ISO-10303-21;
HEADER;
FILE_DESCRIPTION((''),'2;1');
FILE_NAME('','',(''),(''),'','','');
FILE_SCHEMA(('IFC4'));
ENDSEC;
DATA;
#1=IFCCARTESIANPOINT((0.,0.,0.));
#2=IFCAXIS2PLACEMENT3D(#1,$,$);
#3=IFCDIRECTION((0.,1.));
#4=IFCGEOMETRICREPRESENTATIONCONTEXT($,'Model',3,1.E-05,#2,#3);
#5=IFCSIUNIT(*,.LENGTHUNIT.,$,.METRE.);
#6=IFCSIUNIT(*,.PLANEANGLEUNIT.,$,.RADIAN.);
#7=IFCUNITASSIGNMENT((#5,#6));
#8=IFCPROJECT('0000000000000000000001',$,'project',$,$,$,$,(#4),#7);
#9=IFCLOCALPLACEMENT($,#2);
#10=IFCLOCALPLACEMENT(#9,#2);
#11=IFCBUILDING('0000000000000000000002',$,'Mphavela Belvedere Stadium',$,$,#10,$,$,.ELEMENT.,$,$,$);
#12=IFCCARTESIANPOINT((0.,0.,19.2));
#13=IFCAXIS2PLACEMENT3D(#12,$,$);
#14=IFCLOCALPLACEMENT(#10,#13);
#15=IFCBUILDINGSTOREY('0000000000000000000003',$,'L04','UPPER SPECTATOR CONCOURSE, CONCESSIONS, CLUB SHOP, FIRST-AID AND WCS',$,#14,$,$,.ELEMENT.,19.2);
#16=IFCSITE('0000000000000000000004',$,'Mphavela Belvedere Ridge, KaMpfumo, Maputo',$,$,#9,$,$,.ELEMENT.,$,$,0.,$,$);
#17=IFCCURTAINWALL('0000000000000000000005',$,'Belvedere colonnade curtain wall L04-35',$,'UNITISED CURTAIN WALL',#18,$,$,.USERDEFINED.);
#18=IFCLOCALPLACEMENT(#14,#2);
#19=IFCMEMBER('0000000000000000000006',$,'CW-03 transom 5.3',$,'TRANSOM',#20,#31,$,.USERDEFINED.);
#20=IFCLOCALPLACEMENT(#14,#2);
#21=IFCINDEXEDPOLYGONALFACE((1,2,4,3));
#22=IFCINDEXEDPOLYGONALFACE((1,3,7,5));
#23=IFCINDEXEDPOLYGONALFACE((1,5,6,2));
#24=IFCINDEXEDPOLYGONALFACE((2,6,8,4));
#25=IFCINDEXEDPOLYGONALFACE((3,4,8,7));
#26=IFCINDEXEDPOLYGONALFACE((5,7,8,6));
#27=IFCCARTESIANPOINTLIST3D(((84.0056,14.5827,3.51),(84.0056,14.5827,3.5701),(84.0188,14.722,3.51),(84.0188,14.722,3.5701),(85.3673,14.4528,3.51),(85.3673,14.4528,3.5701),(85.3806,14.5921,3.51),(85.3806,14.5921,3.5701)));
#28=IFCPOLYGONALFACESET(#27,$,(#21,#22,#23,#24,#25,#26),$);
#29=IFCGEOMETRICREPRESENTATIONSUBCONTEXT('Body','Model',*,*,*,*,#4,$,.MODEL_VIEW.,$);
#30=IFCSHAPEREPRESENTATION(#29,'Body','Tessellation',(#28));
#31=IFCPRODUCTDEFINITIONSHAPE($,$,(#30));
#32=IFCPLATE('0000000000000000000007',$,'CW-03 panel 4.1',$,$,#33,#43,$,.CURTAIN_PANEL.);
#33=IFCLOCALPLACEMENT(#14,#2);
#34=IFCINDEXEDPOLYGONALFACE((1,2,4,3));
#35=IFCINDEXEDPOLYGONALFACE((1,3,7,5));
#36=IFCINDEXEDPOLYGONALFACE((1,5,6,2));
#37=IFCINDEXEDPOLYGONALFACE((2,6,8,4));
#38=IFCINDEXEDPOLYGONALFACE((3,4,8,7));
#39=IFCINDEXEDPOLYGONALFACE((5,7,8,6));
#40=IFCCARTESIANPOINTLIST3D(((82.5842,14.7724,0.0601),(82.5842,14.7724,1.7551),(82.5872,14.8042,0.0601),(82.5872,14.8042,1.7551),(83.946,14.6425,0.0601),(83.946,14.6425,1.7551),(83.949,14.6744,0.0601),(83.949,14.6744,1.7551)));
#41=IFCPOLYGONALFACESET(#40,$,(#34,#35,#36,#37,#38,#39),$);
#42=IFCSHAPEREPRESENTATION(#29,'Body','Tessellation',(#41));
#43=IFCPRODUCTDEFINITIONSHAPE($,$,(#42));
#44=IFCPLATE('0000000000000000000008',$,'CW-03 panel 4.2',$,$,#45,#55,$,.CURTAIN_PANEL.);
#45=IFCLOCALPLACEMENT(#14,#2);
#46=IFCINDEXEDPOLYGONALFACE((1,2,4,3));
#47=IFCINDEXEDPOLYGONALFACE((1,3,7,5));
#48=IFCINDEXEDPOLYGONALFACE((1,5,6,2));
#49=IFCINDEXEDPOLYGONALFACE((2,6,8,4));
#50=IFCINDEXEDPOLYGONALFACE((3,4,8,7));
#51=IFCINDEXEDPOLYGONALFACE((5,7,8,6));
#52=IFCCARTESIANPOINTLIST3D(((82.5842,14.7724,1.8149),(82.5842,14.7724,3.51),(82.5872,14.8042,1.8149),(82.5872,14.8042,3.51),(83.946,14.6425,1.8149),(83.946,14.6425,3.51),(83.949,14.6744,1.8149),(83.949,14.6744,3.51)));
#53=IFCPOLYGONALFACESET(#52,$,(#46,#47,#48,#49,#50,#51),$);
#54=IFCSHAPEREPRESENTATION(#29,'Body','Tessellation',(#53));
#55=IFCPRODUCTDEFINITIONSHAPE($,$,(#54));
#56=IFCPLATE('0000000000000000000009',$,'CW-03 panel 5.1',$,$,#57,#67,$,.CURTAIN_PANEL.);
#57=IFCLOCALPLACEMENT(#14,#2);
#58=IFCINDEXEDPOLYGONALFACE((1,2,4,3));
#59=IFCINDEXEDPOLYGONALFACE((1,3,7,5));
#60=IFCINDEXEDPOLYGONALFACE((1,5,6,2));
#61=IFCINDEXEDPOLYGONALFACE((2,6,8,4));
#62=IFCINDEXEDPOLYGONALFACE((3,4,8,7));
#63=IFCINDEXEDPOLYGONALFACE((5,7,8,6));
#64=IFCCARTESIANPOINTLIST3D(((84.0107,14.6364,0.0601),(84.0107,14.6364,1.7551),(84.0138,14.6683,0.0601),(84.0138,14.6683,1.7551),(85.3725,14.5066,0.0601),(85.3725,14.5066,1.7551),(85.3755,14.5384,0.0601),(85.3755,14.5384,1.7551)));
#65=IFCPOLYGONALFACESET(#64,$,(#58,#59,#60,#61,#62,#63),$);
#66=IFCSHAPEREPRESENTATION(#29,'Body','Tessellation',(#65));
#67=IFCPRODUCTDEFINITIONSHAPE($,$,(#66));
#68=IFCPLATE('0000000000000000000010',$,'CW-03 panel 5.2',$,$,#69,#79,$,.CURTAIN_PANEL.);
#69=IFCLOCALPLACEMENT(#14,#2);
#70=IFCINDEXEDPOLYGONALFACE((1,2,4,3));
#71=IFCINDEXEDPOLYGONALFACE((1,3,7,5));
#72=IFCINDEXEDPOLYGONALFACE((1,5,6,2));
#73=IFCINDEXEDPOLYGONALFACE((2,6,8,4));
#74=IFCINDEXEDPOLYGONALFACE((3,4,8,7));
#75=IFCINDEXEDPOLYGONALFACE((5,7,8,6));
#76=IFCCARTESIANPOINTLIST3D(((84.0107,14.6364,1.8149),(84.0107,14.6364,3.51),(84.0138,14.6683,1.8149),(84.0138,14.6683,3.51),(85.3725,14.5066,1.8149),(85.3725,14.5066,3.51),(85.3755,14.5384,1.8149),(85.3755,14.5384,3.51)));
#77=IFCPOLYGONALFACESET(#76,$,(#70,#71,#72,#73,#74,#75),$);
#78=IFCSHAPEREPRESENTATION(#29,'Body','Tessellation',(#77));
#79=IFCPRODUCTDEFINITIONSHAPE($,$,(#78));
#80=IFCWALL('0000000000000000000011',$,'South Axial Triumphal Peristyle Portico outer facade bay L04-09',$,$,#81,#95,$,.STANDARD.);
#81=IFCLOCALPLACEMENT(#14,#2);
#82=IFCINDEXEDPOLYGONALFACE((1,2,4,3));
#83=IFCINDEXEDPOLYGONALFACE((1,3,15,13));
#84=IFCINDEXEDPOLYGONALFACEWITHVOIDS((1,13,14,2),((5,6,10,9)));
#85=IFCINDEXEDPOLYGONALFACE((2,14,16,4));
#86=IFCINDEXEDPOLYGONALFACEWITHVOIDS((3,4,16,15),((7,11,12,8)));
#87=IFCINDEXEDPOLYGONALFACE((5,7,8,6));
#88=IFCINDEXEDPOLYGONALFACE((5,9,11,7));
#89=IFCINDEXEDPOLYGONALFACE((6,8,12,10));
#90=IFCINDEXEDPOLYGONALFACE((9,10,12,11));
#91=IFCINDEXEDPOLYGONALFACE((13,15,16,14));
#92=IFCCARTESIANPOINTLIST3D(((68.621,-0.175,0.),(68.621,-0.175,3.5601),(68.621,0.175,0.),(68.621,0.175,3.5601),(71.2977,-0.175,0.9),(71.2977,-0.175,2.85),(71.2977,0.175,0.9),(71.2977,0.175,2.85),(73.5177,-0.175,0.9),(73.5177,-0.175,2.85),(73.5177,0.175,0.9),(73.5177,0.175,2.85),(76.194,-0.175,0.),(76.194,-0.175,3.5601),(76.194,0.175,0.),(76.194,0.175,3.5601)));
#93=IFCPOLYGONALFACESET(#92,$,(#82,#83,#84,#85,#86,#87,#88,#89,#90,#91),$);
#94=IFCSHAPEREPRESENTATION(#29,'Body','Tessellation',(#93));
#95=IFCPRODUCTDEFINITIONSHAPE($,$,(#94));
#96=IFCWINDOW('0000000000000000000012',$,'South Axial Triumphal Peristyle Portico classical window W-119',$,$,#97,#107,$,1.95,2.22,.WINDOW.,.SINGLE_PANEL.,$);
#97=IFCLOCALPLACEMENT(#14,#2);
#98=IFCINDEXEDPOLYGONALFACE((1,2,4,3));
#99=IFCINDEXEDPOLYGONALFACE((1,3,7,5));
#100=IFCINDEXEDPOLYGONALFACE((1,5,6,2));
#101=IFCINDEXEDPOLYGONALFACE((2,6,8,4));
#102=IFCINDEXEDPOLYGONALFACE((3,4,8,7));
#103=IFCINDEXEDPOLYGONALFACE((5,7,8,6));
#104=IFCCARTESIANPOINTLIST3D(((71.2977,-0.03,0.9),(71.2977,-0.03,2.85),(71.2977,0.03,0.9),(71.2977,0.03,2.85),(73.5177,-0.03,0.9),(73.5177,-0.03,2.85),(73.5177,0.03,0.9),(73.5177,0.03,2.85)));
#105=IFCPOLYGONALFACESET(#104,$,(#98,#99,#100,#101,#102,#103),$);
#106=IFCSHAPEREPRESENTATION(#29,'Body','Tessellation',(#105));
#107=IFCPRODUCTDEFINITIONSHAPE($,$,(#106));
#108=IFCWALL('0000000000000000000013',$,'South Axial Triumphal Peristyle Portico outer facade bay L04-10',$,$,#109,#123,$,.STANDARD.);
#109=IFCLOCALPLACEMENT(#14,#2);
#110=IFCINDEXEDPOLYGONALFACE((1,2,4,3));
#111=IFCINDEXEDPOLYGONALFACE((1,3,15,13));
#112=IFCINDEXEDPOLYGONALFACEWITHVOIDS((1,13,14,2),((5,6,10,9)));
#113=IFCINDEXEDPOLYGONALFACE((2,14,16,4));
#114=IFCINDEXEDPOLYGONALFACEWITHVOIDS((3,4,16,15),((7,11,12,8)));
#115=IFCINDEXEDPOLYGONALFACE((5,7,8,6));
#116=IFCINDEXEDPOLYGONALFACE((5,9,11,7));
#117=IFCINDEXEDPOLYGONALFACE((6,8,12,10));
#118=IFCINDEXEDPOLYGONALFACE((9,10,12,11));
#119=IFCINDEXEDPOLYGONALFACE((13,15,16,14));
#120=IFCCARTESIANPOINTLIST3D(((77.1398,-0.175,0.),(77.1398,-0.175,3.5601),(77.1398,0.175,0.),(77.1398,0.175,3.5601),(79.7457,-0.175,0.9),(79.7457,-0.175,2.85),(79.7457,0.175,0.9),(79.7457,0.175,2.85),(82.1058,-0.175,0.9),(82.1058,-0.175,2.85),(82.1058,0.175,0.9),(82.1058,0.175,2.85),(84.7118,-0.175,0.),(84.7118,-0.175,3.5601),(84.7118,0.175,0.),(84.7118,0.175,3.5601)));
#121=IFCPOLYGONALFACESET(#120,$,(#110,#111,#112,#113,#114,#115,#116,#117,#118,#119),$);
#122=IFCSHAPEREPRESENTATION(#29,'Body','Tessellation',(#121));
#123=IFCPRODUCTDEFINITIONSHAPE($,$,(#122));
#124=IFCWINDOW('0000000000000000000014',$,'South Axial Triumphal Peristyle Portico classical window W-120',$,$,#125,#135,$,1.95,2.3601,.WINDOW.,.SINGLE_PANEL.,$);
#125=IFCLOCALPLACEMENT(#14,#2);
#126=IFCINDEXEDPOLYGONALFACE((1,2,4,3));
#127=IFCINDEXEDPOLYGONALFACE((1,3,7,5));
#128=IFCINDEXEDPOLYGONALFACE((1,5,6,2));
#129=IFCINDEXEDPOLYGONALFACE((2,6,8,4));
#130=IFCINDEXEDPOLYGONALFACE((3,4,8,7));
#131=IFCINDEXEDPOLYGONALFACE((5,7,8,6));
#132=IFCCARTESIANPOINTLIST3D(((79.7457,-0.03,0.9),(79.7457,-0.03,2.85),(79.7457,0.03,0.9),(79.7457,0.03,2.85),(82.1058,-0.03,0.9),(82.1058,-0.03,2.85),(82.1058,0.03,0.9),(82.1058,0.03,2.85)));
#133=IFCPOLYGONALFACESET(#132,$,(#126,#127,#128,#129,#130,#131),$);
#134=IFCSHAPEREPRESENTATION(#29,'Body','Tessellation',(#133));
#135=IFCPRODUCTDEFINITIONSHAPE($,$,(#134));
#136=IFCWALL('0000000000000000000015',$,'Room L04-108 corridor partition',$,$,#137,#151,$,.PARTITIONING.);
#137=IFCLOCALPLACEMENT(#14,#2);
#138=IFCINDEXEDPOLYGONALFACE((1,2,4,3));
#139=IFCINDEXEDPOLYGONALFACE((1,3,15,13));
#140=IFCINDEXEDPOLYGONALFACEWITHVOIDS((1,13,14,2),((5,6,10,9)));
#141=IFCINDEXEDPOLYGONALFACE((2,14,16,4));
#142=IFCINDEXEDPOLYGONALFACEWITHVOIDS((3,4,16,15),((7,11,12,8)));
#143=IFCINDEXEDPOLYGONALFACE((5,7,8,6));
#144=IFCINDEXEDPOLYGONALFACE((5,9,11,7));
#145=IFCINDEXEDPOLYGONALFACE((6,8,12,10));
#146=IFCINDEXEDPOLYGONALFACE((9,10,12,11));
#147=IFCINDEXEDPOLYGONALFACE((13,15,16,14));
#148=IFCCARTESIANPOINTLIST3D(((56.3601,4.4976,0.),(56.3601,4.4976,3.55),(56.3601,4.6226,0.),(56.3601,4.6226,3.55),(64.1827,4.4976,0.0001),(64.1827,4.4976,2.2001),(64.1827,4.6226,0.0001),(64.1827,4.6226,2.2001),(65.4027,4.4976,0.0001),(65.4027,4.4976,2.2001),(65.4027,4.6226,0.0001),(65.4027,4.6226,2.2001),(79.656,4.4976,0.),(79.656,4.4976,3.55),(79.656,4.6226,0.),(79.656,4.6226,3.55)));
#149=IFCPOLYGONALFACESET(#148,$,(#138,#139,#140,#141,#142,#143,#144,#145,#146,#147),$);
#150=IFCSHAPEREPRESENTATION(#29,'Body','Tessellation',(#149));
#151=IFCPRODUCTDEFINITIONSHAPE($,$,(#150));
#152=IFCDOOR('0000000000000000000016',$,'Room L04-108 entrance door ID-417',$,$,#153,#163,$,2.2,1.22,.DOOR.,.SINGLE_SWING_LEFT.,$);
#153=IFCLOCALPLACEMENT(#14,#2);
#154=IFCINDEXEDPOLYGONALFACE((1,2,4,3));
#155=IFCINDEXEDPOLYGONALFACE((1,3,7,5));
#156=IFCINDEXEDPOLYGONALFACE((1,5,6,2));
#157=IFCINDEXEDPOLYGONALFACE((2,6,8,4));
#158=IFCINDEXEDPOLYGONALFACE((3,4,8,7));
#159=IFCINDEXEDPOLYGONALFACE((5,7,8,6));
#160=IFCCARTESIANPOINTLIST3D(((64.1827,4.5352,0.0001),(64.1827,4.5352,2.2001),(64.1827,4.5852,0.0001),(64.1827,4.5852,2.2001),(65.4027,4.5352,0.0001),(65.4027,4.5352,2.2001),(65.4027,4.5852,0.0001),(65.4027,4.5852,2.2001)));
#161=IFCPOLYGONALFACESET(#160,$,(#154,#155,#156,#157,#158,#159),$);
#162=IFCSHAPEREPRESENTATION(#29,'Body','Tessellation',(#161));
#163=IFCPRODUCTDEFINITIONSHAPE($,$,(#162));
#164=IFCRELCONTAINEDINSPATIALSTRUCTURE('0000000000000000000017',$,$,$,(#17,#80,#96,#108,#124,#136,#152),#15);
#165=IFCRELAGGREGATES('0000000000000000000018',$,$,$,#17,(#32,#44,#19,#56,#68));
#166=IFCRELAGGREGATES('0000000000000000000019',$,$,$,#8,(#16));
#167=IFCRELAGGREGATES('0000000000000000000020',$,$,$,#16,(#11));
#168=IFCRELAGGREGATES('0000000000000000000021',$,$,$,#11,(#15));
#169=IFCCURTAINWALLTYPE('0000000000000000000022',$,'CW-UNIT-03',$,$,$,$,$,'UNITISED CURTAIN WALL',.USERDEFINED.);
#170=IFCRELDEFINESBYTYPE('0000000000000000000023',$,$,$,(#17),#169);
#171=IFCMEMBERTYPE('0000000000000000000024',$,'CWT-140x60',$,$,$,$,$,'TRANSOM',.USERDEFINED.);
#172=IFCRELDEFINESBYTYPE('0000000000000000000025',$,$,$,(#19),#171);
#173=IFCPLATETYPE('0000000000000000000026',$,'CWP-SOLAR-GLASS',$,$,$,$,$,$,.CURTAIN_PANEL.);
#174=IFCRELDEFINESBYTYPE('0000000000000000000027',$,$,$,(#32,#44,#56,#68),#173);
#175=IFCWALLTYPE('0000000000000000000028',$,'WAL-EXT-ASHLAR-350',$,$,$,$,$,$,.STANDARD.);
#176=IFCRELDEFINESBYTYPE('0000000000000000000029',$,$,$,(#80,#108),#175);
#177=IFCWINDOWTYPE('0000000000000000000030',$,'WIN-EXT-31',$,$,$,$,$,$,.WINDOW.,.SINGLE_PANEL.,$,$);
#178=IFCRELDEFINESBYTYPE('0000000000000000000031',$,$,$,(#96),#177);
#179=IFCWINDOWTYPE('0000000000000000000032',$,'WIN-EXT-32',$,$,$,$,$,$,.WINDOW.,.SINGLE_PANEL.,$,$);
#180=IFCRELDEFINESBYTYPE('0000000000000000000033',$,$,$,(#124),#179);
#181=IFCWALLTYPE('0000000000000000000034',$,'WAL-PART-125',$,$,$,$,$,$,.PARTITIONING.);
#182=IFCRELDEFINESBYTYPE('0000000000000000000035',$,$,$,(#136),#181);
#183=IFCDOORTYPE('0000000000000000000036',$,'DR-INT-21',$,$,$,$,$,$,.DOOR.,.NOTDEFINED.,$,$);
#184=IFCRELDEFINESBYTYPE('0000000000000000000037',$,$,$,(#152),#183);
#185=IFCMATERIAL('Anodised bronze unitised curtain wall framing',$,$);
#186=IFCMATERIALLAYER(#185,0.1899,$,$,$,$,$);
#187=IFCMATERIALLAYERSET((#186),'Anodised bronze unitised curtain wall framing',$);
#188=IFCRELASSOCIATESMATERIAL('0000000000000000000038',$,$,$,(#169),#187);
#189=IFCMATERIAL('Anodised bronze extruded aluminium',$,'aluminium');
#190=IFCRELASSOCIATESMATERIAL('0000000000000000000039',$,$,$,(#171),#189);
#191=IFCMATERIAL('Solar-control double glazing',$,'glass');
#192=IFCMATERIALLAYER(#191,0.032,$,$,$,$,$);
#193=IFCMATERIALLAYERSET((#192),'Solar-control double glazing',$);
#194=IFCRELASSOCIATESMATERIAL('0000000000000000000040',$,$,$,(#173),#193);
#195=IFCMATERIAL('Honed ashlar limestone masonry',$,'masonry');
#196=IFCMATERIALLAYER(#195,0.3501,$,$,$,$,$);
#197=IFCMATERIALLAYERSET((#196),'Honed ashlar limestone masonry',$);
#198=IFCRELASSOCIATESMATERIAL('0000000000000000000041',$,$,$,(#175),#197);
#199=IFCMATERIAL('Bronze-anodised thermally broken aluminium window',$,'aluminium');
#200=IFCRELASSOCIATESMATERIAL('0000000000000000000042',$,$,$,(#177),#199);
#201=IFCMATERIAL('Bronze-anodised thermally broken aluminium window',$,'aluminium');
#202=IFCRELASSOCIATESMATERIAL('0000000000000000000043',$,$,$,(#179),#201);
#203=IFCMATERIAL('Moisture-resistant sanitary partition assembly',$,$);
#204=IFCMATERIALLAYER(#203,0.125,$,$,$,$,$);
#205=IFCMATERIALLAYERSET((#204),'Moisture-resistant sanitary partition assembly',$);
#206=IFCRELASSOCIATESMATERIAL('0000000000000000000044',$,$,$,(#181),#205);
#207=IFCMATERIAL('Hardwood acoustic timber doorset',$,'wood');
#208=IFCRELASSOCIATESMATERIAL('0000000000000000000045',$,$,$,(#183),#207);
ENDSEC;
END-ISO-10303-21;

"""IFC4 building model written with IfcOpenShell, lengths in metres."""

from ifc_helpers import new_model, si_unit, direction, frame, frame_2d, origin, origin_2d, place, context, subcontext, project, spatial, rectangle, extrude, material, layer, layer_set, material_profile, profile_set, type_object, element, fill, aggregate, save


model = new_model("IFC4")

# Units and contexts
model_context = context("Model", 3, precision=1e-05, world=origin(), true_north=direction((0.0, 1.0)))
body_context = subcontext(model_context, "Body", "Model", "MODEL_VIEW")
ifc_project = project(units=[si_unit("LENGTHUNIT", "METRE"), si_unit("PLANEANGLEUNIT", "RADIAN")], contexts=[model_context])

# Site, building, storey
site_placement = place(None, origin())
site = spatial("IfcSite", under=ifc_project, at=site_placement, Name="Mphavela Belvedere Ridge, KaMpfumo, Maputo", CompositionType="ELEMENT", RefElevation=0.0)
building_placement = place(site_placement, origin())
building = spatial("IfcBuilding", under=site, at=building_placement, Name="Mphavela Belvedere Stadium", CompositionType="ELEMENT")
storey_placement = place(building_placement, frame((0.0, 0.0, 19.2)))
storey = spatial("IfcBuildingStorey", under=building, at=storey_placement, Name="L04", Description="UPPER SPECTATOR CONCOURSE, CONCESSIONS, CLUB SHOP, FIRST-AID AND WCS", CompositionType="ELEMENT", Elevation=19.2)

# Curtain wall, member, plates
ifc_material_1 = material(Name="Anodised bronze unitised curtain wall framing")
ifc_layer_1 = layer(ifc_material_1, 0.1899)
ifc_layer_set_1 = layer_set([ifc_layer_1], Name="Anodised bronze unitised curtain wall framing")
curtain_wall_type = type_object("IfcCurtainWallType", Name="CW-UNIT-03", ElementType="UNITISED CURTAIN WALL", PredefinedType="USERDEFINED", material=ifc_layer_set_1)
curtain_wall_placement = place(storey_placement, origin())
curtain_wall = element("IfcCurtainWall", 1, at=curtain_wall_placement, inside=storey, type_object=curtain_wall_type, Name="Belvedere colonnade curtain wall L04-35", ObjectType="UNITISED CURTAIN WALL", PredefinedType="USERDEFINED")
ifc_material_2 = material(Name="Anodised bronze extruded aluminium", Category="aluminium")
ifc_material_profile_1 = material_profile(ifc_material_2, rectangle(XDim=0.1399, YDim=0.0601, at=origin_2d()), Name="CW-TRN 140x60")
ifc_profile_set_1 = profile_set([ifc_material_profile_1], Name="Anodised bronze extruded aluminium")
member_type_1 = type_object("IfcMemberType", Name="CWT-140x60", ElementType="TRANSOM", PredefinedType="USERDEFINED", material=ifc_profile_set_1)
member_1_placement = place(storey_placement, frame((84.0122, 14.6523, 3.54), z_axis=(0.995483, -0.094944, 0.0), x_axis=(0.094944, 0.995483, 0.0)))
member_1 = element("IfcMember", 2, at=member_1_placement, type_object=member_type_1, Name="CW-03 transom 5.3", ObjectType="TRANSOM", PredefinedType="USERDEFINED", context=body_context, shape_type="SweptSolid", body=[
    extrude(rectangle(XDim=0.1399, YDim=0.0601, at=origin_2d()), origin(), (0.0, 0.0, 1.0), 1.3679),
])
ifc_material_3 = material(Name="Solar-control double glazing", Category="glass")
ifc_layer_2 = layer(ifc_material_3, 0.032)
ifc_layer_set_2 = layer_set([ifc_layer_2], Name="Solar-control double glazing")
plate_type = type_object("IfcPlateType", Name="CWP-SOLAR-GLASS", PredefinedType="CURTAIN_PANEL", material=ifc_layer_set_2)
plate_1_placement = place(storey_placement, frame((83.2666, 14.7234, 0.0601), z_axis=(0.0, 0.0, 1.0), x_axis=(0.995484, -0.094933, 0.0)))
plate_1 = element("IfcPlate", 3, at=plate_1_placement, type_object=plate_type, Name="CW-03 panel 4.1", PredefinedType="CURTAIN_PANEL", context=body_context, shape_type="SweptSolid", body=[
    extrude(rectangle(XDim=1.3679, YDim=0.032, at=origin_2d()), origin(), (0.0, 0.0, 1.0), 1.6951),
])
plate_2_placement = place(storey_placement, frame((83.2666, 14.7234, 1.8149), z_axis=(0.0, 0.0, 1.0), x_axis=(0.995484, -0.094933, 0.0)))
plate_2 = element("IfcPlate", 4, at=plate_2_placement, type_object=plate_type, Name="CW-03 panel 4.2", PredefinedType="CURTAIN_PANEL", context=body_context, shape_type="SweptSolid", body=[
    extrude(rectangle(XDim=1.3679, YDim=0.032, at=origin_2d()), origin(), (0.0, 0.0, 1.0), 1.6951),
])
plate_3_placement = place(storey_placement, frame((84.6931, 14.5874, 0.0601), z_axis=(0.0, 0.0, 1.0), x_axis=(0.995484, -0.094933, 0.0)))
plate_3 = element("IfcPlate", 5, at=plate_3_placement, type_object=plate_type, Name="CW-03 panel 5.1", PredefinedType="CURTAIN_PANEL", context=body_context, shape_type="SweptSolid", body=[
    extrude(rectangle(XDim=1.3679, YDim=0.032, at=origin_2d()), origin(), (0.0, 0.0, 1.0), 1.6951),
])
plate_4_placement = place(storey_placement, frame((84.6931, 14.5874, 1.8149), z_axis=(0.0, 0.0, 1.0), x_axis=(0.995484, -0.094933, 0.0)))
plate_4 = element("IfcPlate", 6, at=plate_4_placement, type_object=plate_type, Name="CW-03 panel 5.2", PredefinedType="CURTAIN_PANEL", context=body_context, shape_type="SweptSolid", body=[
    extrude(rectangle(XDim=1.3679, YDim=0.032, at=origin_2d()), origin(), (0.0, 0.0, 1.0), 1.6951),
])
aggregate(curtain_wall, [plate_1, plate_2, member_1, plate_3, plate_4])

# Walls, openings, windows
ifc_material_4 = material(Name="Honed ashlar limestone masonry", Category="masonry")
ifc_layer_3 = layer(ifc_material_4, 0.3501)
ifc_layer_set_3 = layer_set([ifc_layer_3], Name="Honed ashlar limestone masonry")
wall_type_1 = type_object("IfcWallType", Name="WAL-EXT-ASHLAR-350", PredefinedType="STANDARD", material=ifc_layer_set_3)
wall_1_placement = place(storey_placement, frame((76.1941, 0.0, 0.0), z_axis=(0.0, 0.0, 1.0), x_axis=(-1.0, 0.0, 0.0)))
wall_1 = element("IfcWall", 7, at=wall_1_placement, inside=storey, type_object=wall_type_1, Name="South Axial Triumphal Peristyle Portico outer facade bay L04-09", PredefinedType="STANDARD", context=body_context, shape_type="SweptSolid", body=[
    extrude(rectangle(XDim=7.573, YDim=0.3501, at=frame_2d((3.7866, 0.0))), origin(), (0.0, 0.0, 1.0), 3.5601),
])
opening_1_placement = place(wall_1_placement, frame((2.6765, 0.0, 0.8999)))
opening_1 = element("IfcOpeningElement", 8, at=opening_1_placement, cuts=wall_1, PredefinedType="OPENING", context=body_context, shape_type="SweptSolid", body=[
    extrude(rectangle(XDim=2.22, YDim=1.95, at=frame_2d((1.1099, 0.9751))), frame((0.0, 0.1851, 0.0), z_axis=(0.0, -1.0, 0.0), x_axis=(1.0, 0.0, 0.0)), (0.0, 0.0, 1.0), 0.3701),
])
ifc_material_5 = material(Name="Bronze-anodised thermally broken aluminium window", Category="aluminium")
window_type_1 = type_object("IfcWindowType", Name="WIN-EXT-31", PartitioningType="SINGLE_PANEL", PredefinedType="WINDOW", material=ifc_material_5)
window_1_placement = place(opening_1_placement, origin())
window_1 = element("IfcWindow", 9, at=window_1_placement, inside=storey, type_object=window_type_1, Name="South Axial Triumphal Peristyle Portico classical window W-119", OverallHeight=1.95, OverallWidth=2.22, PartitioningType="SINGLE_PANEL", PredefinedType="WINDOW", context=body_context, shape_type="SweptSolid", body=[
    extrude(rectangle(XDim=2.22, YDim=1.95, at=frame_2d((1.1099, 0.9751))), frame((0.0, 0.03, 0.0), z_axis=(0.0, -1.0, 0.0), x_axis=(1.0, 0.0, 0.0)), (0.0, 0.0, 1.0), 0.0601),
])
fill(opening_1, window_1)
wall_2_placement = place(storey_placement, frame((84.7119, 0.0, 0.0), z_axis=(0.0, 0.0, 1.0), x_axis=(-1.0, 0.0, 0.0)))
wall_2 = element("IfcWall", 10, at=wall_2_placement, inside=storey, type_object=wall_type_1, Name="South Axial Triumphal Peristyle Portico outer facade bay L04-10", PredefinedType="STANDARD", context=body_context, shape_type="SweptSolid", body=[
    extrude(rectangle(XDim=7.572, YDim=0.3501, at=frame_2d((3.7861, 0.0))), origin(), (0.0, 0.0, 1.0), 3.5601),
])
opening_2_placement = place(wall_2_placement, frame((2.606, 0.0, 0.8999)))
opening_2 = element("IfcOpeningElement", 11, at=opening_2_placement, cuts=wall_2, PredefinedType="OPENING", context=body_context, shape_type="SweptSolid", body=[
    extrude(rectangle(XDim=2.3601, YDim=1.95, at=frame_2d((1.1802, 0.9751))), frame((0.0, 0.1851, 0.0), z_axis=(0.0, -1.0, 0.0), x_axis=(1.0, 0.0, 0.0)), (0.0, 0.0, 1.0), 0.3701),
])
ifc_material_6 = material(Name="Bronze-anodised thermally broken aluminium window", Category="aluminium")
window_type_2 = type_object("IfcWindowType", Name="WIN-EXT-32", PartitioningType="SINGLE_PANEL", PredefinedType="WINDOW", material=ifc_material_6)
window_2_placement = place(opening_2_placement, origin())
window_2 = element("IfcWindow", 12, at=window_2_placement, inside=storey, type_object=window_type_2, Name="South Axial Triumphal Peristyle Portico classical window W-120", OverallHeight=1.95, OverallWidth=2.3601, PartitioningType="SINGLE_PANEL", PredefinedType="WINDOW", context=body_context, shape_type="SweptSolid", body=[
    extrude(rectangle(XDim=2.3601, YDim=1.95, at=frame_2d((1.1802, 0.9751))), frame((0.0, 0.03, 0.0), z_axis=(0.0, -1.0, 0.0), x_axis=(1.0, 0.0, 0.0)), (0.0, 0.0, 1.0), 0.0601),
])
fill(opening_2, window_2)

# Wall, opening, door
ifc_material_7 = material(Name="Moisture-resistant sanitary partition assembly")
ifc_layer_4 = layer(ifc_material_7, 0.125)
ifc_layer_set_4 = layer_set([ifc_layer_4], Name="Moisture-resistant sanitary partition assembly")
wall_type_2 = type_object("IfcWallType", Name="WAL-PART-125", PredefinedType="PARTITIONING", material=ifc_layer_set_4)
wall_3_placement = place(storey_placement, frame((79.656, 4.5601, 0.0), z_axis=(0.0, 0.0, 1.0), x_axis=(-1.0, 0.0, 0.0)))
wall_3 = element("IfcWall", 13, at=wall_3_placement, inside=storey, type_object=wall_type_2, Name="Room L04-108 corridor partition", PredefinedType="PARTITIONING", context=body_context, shape_type="SweptSolid", body=[
    extrude(rectangle(XDim=23.2959, YDim=0.125, at=frame_2d((11.6479, 0.0))), origin(), (0.0, 0.0, 1.0), 3.55),
])
opening_3_placement = place(wall_3_placement, frame((14.2534, 0.0, 0.0)))
opening_3 = element("IfcOpeningElement", 14, at=opening_3_placement, cuts=wall_3, PredefinedType="OPENING", context=body_context, shape_type="SweptSolid", body=[
    extrude(rectangle(XDim=1.22, YDim=2.2, at=frame_2d((0.6099, 1.1001))), frame((0.0, 0.0725, 0.0), z_axis=(0.0, -1.0, 0.0), x_axis=(1.0, 0.0, 0.0)), (0.0, 0.0, 1.0), 0.145),
])
ifc_material_8 = material(Name="Hardwood acoustic timber doorset", Category="wood")
door_type = type_object("IfcDoorType", Name="DR-INT-21", OperationType="NOTDEFINED", PredefinedType="DOOR", material=ifc_material_8)
door_placement = place(opening_3_placement, origin())
door = element("IfcDoor", 15, at=door_placement, inside=storey, type_object=door_type, Name="Room L04-108 entrance door ID-417", OperationType="SINGLE_SWING_LEFT", OverallHeight=2.2, OverallWidth=1.22, PredefinedType="DOOR", context=body_context, shape_type="SweptSolid", body=[
    extrude(rectangle(XDim=1.22, YDim=2.2, at=frame_2d((0.6099, 1.1001))), frame((0.0, 0.0249, 0.0), z_axis=(0.0, -1.0, 0.0), x_axis=(1.0, 0.0, 0.0)), (0.0, 0.0, 1.0), 0.05),
])
fill(opening_3, door)

save(model, "model.ifc")
